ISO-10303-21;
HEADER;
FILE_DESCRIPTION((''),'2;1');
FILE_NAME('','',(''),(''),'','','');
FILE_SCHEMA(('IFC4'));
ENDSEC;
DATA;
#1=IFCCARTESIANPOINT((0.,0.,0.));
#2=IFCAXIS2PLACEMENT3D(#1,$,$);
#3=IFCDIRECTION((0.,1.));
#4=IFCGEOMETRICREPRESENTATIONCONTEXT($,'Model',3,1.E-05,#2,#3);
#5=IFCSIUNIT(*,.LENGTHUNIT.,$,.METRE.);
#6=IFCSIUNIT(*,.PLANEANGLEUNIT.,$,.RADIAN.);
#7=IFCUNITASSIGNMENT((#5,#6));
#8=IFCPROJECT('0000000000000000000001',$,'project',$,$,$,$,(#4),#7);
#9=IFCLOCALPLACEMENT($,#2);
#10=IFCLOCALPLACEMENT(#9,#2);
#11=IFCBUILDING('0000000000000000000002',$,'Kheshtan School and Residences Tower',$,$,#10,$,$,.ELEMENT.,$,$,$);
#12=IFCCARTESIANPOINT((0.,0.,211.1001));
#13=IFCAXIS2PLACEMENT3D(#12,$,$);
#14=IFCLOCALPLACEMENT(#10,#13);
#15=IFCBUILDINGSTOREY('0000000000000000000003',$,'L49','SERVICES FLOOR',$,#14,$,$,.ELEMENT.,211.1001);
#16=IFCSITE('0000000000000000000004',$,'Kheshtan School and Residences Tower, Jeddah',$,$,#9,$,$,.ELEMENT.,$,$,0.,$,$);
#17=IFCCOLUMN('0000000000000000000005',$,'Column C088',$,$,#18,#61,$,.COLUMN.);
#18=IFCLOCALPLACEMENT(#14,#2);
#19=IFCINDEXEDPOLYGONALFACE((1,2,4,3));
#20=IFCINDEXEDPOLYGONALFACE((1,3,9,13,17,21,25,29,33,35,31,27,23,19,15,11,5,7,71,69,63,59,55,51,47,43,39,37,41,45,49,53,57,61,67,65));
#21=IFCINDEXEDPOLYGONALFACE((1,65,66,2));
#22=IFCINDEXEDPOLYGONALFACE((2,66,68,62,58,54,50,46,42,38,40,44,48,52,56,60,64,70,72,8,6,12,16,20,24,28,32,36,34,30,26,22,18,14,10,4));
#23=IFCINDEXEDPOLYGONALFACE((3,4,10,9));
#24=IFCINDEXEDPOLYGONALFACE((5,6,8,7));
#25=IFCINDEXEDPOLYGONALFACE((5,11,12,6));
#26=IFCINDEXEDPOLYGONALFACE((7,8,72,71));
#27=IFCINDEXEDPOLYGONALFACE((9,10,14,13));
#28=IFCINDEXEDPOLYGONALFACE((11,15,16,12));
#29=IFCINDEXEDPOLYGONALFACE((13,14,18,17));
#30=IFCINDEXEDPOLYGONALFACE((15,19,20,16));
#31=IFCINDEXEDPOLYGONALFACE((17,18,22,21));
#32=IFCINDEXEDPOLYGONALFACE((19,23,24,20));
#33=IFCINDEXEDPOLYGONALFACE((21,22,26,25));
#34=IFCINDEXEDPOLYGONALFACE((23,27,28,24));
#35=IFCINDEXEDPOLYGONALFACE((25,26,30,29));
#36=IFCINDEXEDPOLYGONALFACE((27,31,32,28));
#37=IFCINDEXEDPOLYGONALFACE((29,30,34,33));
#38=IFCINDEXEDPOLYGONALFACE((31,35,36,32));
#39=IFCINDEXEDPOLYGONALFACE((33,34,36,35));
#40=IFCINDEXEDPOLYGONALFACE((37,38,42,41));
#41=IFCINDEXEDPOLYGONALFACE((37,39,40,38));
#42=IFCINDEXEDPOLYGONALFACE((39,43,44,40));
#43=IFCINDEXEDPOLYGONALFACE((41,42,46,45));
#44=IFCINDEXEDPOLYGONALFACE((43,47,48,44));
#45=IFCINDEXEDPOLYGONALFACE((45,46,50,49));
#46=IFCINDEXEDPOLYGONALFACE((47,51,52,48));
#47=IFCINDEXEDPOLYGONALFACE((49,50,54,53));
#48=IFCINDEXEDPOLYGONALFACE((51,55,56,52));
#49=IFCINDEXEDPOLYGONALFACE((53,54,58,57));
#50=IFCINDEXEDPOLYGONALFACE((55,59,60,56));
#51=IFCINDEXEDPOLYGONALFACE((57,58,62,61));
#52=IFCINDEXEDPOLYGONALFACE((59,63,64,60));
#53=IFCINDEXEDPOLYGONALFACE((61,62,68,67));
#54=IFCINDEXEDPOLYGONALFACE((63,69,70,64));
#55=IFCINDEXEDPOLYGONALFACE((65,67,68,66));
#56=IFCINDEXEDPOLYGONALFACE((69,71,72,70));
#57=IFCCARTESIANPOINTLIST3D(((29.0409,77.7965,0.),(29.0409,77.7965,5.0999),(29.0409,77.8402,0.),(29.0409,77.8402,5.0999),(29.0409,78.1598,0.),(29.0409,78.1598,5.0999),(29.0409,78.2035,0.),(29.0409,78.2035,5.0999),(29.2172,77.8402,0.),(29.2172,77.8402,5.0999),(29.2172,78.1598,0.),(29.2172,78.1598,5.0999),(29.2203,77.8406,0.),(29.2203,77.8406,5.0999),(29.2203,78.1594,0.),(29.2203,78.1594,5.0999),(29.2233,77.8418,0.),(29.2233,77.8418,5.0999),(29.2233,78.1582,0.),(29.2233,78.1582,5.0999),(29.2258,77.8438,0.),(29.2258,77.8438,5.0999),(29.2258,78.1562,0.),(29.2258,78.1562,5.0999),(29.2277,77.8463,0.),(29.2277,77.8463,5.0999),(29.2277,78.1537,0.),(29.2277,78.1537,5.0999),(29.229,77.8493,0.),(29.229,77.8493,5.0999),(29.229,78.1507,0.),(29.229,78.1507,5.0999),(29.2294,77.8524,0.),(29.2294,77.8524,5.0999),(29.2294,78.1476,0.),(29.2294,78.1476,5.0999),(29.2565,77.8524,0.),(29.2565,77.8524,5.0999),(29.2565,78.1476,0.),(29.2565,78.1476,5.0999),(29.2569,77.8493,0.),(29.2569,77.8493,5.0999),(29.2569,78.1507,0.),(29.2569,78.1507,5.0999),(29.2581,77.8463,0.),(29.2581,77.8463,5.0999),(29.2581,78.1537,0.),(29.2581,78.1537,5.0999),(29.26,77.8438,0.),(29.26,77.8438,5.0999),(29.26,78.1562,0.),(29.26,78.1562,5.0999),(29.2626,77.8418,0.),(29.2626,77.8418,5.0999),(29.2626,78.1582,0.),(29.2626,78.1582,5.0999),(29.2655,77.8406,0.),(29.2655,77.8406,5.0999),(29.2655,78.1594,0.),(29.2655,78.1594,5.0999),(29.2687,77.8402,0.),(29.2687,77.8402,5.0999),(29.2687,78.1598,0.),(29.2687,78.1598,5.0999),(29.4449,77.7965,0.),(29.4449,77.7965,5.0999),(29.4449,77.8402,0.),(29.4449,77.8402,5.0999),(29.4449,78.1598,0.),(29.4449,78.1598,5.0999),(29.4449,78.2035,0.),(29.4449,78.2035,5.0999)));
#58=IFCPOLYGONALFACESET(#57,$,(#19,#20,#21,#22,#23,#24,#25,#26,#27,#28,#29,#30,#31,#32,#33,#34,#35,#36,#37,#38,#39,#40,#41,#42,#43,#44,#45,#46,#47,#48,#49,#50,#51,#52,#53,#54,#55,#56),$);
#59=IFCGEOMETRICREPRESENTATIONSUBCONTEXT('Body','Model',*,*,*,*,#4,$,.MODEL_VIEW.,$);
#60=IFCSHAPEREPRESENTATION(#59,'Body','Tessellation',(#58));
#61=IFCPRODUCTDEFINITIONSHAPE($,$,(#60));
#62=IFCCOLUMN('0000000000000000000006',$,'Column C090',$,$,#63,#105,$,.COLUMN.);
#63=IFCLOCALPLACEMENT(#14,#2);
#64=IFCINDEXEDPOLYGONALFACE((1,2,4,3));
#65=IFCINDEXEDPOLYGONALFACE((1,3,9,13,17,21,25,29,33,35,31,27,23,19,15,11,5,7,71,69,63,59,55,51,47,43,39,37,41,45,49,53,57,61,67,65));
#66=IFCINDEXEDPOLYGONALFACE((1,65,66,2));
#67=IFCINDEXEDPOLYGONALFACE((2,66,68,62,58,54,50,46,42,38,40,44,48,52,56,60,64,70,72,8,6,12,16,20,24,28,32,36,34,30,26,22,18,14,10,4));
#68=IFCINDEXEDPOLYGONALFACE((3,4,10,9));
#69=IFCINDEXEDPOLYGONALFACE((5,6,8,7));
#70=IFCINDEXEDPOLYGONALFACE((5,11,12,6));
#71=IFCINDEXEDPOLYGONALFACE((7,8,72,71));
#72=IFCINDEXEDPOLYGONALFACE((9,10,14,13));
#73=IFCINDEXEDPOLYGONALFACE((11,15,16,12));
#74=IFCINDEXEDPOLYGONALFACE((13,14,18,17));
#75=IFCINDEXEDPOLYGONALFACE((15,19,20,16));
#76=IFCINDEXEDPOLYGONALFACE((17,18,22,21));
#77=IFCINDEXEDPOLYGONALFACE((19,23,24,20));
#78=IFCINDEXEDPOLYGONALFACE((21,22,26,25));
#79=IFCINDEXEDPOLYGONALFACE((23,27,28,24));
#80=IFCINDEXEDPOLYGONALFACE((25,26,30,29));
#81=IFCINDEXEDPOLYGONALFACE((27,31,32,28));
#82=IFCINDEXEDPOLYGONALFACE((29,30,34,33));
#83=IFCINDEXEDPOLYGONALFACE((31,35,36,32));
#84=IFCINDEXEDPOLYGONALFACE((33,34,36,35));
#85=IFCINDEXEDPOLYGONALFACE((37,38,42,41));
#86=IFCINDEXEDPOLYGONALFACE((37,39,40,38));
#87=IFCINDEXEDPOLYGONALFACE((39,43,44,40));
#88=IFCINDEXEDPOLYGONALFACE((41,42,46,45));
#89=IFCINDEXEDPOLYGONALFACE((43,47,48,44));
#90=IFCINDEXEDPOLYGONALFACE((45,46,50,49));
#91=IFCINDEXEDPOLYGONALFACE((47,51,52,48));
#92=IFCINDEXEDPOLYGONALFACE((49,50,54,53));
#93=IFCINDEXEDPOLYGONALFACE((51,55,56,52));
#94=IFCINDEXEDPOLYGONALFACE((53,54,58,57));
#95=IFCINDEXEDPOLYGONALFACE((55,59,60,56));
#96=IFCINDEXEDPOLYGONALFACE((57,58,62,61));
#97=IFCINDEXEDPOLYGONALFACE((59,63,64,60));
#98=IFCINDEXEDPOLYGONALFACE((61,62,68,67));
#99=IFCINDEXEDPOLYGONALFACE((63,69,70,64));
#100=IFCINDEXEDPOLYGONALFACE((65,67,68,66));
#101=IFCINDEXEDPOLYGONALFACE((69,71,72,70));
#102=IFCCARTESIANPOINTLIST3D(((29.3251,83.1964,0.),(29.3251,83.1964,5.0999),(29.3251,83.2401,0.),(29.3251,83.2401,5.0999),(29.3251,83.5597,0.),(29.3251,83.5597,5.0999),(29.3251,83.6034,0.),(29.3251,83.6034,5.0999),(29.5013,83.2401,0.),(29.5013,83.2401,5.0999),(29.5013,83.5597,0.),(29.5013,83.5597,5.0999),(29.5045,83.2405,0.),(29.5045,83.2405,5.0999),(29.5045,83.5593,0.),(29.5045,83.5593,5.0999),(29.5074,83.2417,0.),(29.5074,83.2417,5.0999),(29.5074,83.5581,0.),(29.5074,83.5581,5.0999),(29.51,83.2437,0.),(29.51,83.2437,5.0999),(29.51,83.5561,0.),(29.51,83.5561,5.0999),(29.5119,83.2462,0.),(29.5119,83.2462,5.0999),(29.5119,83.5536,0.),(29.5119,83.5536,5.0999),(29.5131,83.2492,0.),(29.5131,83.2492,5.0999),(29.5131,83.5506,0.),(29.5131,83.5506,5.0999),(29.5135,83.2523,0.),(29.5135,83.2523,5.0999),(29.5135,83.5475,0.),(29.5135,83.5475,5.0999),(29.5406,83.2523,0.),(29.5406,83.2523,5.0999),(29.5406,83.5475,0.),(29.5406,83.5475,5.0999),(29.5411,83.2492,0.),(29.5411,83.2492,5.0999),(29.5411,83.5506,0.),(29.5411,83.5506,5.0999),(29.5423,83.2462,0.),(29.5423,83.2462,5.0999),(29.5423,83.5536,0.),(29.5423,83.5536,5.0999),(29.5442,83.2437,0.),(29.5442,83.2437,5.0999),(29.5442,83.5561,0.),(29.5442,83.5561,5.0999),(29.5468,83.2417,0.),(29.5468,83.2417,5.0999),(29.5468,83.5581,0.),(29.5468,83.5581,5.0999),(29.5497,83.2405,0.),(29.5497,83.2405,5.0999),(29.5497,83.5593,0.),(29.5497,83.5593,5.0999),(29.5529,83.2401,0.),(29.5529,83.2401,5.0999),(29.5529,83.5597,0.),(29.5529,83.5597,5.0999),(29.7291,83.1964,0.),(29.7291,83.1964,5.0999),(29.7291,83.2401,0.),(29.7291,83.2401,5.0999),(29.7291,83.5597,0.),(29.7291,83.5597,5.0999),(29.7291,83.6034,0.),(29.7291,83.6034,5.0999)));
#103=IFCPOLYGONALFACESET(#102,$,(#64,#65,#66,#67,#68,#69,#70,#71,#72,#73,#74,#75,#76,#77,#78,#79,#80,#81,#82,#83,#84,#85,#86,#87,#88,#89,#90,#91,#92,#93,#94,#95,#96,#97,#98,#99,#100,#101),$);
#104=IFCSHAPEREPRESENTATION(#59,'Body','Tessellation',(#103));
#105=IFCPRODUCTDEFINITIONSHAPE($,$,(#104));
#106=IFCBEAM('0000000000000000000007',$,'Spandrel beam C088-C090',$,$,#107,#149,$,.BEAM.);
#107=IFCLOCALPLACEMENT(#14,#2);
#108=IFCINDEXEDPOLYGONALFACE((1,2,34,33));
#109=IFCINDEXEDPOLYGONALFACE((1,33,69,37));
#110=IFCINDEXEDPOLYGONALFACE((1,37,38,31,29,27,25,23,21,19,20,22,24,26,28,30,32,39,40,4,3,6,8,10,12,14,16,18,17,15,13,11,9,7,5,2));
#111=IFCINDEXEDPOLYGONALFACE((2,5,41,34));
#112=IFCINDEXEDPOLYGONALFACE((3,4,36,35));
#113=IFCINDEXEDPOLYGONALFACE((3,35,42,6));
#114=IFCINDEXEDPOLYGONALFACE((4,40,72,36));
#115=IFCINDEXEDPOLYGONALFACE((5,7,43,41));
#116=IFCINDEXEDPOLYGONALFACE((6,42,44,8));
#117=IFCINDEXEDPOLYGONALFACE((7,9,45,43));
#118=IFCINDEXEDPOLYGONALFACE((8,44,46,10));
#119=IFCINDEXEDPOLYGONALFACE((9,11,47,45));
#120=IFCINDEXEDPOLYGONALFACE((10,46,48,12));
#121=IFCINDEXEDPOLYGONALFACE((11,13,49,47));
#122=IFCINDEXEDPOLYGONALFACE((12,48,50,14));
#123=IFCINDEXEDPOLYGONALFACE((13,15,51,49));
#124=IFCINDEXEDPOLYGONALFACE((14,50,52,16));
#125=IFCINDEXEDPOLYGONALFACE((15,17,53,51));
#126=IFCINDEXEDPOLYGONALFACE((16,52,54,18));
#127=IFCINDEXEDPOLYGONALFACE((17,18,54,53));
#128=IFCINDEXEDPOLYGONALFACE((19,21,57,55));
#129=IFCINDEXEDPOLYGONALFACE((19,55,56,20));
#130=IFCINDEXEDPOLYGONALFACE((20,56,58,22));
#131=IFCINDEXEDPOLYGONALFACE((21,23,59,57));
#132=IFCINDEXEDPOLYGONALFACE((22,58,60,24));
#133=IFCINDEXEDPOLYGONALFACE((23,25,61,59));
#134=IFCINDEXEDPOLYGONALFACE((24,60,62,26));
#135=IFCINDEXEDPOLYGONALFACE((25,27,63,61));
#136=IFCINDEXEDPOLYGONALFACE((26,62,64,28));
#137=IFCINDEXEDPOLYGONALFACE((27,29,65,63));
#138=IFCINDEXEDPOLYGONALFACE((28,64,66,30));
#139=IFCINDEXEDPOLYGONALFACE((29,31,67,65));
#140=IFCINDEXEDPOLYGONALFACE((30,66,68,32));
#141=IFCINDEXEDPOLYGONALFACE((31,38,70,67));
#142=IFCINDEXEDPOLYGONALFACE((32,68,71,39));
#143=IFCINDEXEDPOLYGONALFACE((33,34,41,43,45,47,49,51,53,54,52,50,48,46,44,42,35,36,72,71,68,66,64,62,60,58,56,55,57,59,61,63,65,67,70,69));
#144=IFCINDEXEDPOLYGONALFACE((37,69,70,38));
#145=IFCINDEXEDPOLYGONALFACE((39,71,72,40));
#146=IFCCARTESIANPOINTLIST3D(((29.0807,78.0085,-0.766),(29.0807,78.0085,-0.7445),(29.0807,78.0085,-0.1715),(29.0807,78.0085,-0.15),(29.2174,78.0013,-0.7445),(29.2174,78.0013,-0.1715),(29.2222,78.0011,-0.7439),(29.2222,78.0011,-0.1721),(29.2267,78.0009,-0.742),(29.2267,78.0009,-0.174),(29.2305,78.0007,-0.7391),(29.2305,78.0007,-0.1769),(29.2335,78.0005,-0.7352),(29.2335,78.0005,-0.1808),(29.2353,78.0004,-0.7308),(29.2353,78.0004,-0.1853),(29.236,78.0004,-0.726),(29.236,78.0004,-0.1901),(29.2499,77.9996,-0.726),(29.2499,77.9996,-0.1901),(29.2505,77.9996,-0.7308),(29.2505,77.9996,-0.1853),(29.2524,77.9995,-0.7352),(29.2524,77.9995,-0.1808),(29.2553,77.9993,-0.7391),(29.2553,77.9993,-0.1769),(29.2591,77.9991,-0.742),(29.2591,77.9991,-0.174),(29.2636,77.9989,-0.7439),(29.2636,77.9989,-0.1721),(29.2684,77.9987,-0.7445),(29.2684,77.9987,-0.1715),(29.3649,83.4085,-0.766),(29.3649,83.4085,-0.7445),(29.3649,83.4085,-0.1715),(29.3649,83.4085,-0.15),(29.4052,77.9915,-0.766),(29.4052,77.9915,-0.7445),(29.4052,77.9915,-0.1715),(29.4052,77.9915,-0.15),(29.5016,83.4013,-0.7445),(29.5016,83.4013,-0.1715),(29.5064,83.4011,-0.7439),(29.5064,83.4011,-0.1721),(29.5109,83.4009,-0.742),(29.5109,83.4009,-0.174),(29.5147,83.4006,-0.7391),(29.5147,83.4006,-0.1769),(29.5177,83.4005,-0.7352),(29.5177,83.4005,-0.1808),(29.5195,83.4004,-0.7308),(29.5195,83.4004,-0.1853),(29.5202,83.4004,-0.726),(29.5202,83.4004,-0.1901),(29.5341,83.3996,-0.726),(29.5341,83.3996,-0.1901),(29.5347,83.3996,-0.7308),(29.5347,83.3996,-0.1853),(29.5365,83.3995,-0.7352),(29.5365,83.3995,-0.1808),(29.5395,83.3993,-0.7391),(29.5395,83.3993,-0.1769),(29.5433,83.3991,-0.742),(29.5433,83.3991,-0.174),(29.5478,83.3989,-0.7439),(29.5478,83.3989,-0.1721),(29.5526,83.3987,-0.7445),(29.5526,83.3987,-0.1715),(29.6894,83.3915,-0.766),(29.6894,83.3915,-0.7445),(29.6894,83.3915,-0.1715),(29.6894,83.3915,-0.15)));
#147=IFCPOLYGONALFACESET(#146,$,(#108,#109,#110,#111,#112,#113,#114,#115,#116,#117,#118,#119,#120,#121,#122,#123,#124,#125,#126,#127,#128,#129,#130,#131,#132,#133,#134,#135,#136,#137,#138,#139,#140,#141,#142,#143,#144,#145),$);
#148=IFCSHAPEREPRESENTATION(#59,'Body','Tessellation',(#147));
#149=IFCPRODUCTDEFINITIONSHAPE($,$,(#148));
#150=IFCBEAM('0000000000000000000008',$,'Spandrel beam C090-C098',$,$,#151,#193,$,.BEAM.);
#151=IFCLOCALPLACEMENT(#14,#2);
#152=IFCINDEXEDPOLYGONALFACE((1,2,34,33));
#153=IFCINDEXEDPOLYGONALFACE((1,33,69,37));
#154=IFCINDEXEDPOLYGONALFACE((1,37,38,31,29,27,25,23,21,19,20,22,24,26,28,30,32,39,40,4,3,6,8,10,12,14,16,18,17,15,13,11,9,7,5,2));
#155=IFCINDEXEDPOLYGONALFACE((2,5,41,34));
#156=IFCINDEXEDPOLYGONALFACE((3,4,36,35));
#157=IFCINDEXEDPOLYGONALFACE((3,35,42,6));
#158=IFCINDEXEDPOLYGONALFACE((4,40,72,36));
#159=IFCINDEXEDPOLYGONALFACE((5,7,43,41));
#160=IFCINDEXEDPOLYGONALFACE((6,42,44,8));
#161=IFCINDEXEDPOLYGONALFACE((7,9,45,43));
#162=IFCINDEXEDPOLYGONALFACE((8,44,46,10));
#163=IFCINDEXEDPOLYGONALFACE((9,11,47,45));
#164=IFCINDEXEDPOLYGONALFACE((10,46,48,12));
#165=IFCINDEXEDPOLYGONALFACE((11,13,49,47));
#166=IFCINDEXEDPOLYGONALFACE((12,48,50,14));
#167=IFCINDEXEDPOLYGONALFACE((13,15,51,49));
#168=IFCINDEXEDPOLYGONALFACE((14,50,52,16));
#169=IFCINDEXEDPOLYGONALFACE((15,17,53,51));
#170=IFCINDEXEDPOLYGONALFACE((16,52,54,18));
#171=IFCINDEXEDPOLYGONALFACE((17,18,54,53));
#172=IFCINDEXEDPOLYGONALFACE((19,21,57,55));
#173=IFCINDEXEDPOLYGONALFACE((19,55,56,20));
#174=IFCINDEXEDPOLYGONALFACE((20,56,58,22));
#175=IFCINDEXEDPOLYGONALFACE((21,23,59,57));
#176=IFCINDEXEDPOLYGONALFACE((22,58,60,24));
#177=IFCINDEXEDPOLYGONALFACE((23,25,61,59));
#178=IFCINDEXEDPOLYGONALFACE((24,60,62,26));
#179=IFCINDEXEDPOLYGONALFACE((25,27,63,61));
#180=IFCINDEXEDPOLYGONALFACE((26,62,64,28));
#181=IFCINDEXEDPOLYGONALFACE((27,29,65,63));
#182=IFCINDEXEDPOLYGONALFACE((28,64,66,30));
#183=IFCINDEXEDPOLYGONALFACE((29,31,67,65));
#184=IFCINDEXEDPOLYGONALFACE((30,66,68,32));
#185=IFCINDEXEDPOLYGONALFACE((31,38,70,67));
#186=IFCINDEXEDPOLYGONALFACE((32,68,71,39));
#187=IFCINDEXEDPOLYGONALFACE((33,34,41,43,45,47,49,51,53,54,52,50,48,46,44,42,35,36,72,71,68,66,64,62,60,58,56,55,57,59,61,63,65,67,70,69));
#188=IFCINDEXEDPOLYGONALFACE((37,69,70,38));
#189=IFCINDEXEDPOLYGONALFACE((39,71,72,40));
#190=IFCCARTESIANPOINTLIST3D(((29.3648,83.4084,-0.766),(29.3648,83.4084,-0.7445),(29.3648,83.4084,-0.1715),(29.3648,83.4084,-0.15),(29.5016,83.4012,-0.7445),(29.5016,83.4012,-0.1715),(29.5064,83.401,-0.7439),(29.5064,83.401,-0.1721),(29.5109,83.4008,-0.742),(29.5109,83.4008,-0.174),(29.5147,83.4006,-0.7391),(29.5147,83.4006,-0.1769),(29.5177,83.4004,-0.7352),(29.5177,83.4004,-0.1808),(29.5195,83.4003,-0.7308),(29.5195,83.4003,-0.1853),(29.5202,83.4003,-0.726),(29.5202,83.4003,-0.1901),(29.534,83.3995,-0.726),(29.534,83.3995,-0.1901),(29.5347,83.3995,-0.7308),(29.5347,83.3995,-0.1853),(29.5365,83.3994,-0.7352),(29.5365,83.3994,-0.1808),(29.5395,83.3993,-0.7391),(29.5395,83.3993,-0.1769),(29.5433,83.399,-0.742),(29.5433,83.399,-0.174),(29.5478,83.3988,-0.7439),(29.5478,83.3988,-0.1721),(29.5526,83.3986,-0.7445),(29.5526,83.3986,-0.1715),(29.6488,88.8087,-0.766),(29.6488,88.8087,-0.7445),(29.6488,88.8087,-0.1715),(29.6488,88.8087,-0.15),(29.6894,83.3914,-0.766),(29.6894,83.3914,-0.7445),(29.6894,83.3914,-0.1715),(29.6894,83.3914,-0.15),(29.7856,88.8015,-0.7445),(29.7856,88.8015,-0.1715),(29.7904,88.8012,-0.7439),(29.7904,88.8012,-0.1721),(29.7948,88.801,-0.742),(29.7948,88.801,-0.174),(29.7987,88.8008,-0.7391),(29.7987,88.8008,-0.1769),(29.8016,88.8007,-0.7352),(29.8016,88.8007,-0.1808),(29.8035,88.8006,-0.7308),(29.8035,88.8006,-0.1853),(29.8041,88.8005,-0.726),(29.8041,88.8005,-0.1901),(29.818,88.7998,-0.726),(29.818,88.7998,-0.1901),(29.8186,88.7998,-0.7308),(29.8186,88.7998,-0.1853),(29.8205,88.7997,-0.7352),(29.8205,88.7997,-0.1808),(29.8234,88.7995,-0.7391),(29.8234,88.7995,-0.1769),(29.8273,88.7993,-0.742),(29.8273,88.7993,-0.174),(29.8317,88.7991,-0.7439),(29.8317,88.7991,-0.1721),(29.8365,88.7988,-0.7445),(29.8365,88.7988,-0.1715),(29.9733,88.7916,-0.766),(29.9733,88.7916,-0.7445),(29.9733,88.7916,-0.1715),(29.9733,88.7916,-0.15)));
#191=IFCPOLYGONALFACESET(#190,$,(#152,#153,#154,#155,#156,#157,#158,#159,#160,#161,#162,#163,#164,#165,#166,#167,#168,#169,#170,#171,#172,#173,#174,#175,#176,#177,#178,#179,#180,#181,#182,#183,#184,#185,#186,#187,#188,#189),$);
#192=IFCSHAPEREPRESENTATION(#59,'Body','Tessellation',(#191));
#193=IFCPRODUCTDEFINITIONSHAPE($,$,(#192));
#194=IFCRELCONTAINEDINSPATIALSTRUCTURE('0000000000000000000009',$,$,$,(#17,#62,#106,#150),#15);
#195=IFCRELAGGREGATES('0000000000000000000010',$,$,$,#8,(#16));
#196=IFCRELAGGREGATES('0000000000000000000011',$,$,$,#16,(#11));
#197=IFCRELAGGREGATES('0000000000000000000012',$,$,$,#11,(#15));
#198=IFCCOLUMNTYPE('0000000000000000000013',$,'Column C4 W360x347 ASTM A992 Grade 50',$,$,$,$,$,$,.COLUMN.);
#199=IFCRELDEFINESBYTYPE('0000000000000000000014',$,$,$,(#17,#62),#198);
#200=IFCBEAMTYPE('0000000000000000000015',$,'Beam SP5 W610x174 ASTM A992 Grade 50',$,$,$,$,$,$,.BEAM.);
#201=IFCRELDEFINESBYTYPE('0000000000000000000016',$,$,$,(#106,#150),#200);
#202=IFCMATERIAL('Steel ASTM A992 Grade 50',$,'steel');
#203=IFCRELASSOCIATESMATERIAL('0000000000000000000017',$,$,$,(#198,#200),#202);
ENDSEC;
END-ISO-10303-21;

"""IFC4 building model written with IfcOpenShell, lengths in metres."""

from ifc_helpers import new_model, si_unit, direction, frame, origin, origin_2d, place, context, subcontext, project, spatial, i_section, extrude, material, material_profile, profile_set, type_object, element, save


model = new_model("IFC4")

# Units and contexts
model_context = context("Model", 3, precision=1e-05, world=origin(), true_north=direction((0.0, 1.0)))
body_context = subcontext(model_context, "Body", "Model", "MODEL_VIEW")
ifc_project = project(units=[si_unit("LENGTHUNIT", "METRE"), si_unit("PLANEANGLEUNIT", "RADIAN")], contexts=[model_context])

# Site, building, storey
site_placement = place(None, origin())
site = spatial("IfcSite", under=ifc_project, at=site_placement, Name="Kheshtan School and Residences Tower, Jeddah", CompositionType="ELEMENT", RefElevation=0.0)
building_placement = place(site_placement, origin())
building = spatial("IfcBuilding", under=site, at=building_placement, Name="Kheshtan School and Residences Tower", CompositionType="ELEMENT")
storey_placement = place(building_placement, frame((0.0, 0.0, 211.1001)))
storey = spatial("IfcBuildingStorey", under=building, at=storey_placement, Name="L49", Description="SERVICES FLOOR", CompositionType="ELEMENT", Elevation=211.1001)

# Columns
ifc_material_1 = material(Name="Steel ASTM A992 Grade 50", Category="steel")
ifc_material_profile_1 = material_profile(ifc_material_1, i_section(OverallWidth=0.4041, OverallDepth=0.407, WebThickness=0.0271, FlangeThickness=0.0437, FilletRadius=0.0122, at=origin_2d()), Name="W360x347")
ifc_profile_set_1 = profile_set([ifc_material_profile_1], Name="Steel ASTM A992 Grade 50")
column_type = type_object("IfcColumnType", Name="Column C4 W360x347 ASTM A992 Grade 50", PredefinedType="COLUMN", material=ifc_profile_set_1)
for number, where, z_axis, x_axis, name in (
    (1, (29.2429, 78.0, 0.0), (0.0, 0.0, 1.0), (1.0, 0.0, 0.0), "Column C088"),
    (2, (29.5271, 83.3999, 0.0), (0.0, 0.0, 1.0), (1.0, 0.0, 0.0), "Column C090"),
):
    element("IfcColumn", number, at=place(storey_placement, frame(where, z_axis=z_axis, x_axis=x_axis)), inside=storey, type_object=column_type, Name=name, PredefinedType="COLUMN", context=body_context, shape_type="SweptSolid", body=[
        extrude(i_section(OverallWidth=0.4041, OverallDepth=0.407, WebThickness=0.0271, FlangeThickness=0.0437, FilletRadius=0.0122, at=origin_2d()), origin(), (0.0, 0.0, 1.0), 5.0999),
    ])

# Beams
ifc_material_profile_2 = material_profile(ifc_material_1, i_section(OverallWidth=0.325, OverallDepth=0.616, WebThickness=0.0139, FlangeThickness=0.0215, FilletRadius=0.0186, at=origin_2d()), Name="W610x174")
ifc_profile_set_2 = profile_set([ifc_material_profile_2], Name="Steel ASTM A992 Grade 50")
beam_type = type_object("IfcBeamType", Name="Beam SP5 W610x174 ASTM A992 Grade 50", PredefinedType="BEAM", material=ifc_profile_set_2)
beam_1_placement = place(storey_placement, frame((29.2429, 78.0, -0.458), z_axis=(0.052554, 0.998618, 0.0), x_axis=(-0.998618, 0.052554, 0.0)))
element("IfcBeam", 3, at=beam_1_placement, inside=storey, type_object=beam_type, Name="Spandrel beam C088-C090", PredefinedType="BEAM", context=body_context, shape_type="SweptSolid", body=[
    extrude(i_section(OverallWidth=0.325, OverallDepth=0.616, WebThickness=0.0139, FlangeThickness=0.0215, FilletRadius=0.0186, at=origin_2d()), origin(), (0.0, 0.0, 1.0), 5.4075),
])
beam_2_placement = place(storey_placement, frame((29.5271, 83.3999, -0.458), z_axis=(0.052507, 0.998621, 0.0), x_axis=(-0.998621, 0.052507, 0.0)))
element("IfcBeam", 4, at=beam_2_placement, inside=storey, type_object=beam_type, Name="Spandrel beam C090-C098", PredefinedType="BEAM", context=body_context, shape_type="SweptSolid", body=[
    extrude(i_section(OverallWidth=0.325, OverallDepth=0.616, WebThickness=0.0139, FlangeThickness=0.0215, FilletRadius=0.0186, at=origin_2d()), origin(), (0.0, 0.0, 1.0), 5.4077),
])

save(model, "model.ifc")
